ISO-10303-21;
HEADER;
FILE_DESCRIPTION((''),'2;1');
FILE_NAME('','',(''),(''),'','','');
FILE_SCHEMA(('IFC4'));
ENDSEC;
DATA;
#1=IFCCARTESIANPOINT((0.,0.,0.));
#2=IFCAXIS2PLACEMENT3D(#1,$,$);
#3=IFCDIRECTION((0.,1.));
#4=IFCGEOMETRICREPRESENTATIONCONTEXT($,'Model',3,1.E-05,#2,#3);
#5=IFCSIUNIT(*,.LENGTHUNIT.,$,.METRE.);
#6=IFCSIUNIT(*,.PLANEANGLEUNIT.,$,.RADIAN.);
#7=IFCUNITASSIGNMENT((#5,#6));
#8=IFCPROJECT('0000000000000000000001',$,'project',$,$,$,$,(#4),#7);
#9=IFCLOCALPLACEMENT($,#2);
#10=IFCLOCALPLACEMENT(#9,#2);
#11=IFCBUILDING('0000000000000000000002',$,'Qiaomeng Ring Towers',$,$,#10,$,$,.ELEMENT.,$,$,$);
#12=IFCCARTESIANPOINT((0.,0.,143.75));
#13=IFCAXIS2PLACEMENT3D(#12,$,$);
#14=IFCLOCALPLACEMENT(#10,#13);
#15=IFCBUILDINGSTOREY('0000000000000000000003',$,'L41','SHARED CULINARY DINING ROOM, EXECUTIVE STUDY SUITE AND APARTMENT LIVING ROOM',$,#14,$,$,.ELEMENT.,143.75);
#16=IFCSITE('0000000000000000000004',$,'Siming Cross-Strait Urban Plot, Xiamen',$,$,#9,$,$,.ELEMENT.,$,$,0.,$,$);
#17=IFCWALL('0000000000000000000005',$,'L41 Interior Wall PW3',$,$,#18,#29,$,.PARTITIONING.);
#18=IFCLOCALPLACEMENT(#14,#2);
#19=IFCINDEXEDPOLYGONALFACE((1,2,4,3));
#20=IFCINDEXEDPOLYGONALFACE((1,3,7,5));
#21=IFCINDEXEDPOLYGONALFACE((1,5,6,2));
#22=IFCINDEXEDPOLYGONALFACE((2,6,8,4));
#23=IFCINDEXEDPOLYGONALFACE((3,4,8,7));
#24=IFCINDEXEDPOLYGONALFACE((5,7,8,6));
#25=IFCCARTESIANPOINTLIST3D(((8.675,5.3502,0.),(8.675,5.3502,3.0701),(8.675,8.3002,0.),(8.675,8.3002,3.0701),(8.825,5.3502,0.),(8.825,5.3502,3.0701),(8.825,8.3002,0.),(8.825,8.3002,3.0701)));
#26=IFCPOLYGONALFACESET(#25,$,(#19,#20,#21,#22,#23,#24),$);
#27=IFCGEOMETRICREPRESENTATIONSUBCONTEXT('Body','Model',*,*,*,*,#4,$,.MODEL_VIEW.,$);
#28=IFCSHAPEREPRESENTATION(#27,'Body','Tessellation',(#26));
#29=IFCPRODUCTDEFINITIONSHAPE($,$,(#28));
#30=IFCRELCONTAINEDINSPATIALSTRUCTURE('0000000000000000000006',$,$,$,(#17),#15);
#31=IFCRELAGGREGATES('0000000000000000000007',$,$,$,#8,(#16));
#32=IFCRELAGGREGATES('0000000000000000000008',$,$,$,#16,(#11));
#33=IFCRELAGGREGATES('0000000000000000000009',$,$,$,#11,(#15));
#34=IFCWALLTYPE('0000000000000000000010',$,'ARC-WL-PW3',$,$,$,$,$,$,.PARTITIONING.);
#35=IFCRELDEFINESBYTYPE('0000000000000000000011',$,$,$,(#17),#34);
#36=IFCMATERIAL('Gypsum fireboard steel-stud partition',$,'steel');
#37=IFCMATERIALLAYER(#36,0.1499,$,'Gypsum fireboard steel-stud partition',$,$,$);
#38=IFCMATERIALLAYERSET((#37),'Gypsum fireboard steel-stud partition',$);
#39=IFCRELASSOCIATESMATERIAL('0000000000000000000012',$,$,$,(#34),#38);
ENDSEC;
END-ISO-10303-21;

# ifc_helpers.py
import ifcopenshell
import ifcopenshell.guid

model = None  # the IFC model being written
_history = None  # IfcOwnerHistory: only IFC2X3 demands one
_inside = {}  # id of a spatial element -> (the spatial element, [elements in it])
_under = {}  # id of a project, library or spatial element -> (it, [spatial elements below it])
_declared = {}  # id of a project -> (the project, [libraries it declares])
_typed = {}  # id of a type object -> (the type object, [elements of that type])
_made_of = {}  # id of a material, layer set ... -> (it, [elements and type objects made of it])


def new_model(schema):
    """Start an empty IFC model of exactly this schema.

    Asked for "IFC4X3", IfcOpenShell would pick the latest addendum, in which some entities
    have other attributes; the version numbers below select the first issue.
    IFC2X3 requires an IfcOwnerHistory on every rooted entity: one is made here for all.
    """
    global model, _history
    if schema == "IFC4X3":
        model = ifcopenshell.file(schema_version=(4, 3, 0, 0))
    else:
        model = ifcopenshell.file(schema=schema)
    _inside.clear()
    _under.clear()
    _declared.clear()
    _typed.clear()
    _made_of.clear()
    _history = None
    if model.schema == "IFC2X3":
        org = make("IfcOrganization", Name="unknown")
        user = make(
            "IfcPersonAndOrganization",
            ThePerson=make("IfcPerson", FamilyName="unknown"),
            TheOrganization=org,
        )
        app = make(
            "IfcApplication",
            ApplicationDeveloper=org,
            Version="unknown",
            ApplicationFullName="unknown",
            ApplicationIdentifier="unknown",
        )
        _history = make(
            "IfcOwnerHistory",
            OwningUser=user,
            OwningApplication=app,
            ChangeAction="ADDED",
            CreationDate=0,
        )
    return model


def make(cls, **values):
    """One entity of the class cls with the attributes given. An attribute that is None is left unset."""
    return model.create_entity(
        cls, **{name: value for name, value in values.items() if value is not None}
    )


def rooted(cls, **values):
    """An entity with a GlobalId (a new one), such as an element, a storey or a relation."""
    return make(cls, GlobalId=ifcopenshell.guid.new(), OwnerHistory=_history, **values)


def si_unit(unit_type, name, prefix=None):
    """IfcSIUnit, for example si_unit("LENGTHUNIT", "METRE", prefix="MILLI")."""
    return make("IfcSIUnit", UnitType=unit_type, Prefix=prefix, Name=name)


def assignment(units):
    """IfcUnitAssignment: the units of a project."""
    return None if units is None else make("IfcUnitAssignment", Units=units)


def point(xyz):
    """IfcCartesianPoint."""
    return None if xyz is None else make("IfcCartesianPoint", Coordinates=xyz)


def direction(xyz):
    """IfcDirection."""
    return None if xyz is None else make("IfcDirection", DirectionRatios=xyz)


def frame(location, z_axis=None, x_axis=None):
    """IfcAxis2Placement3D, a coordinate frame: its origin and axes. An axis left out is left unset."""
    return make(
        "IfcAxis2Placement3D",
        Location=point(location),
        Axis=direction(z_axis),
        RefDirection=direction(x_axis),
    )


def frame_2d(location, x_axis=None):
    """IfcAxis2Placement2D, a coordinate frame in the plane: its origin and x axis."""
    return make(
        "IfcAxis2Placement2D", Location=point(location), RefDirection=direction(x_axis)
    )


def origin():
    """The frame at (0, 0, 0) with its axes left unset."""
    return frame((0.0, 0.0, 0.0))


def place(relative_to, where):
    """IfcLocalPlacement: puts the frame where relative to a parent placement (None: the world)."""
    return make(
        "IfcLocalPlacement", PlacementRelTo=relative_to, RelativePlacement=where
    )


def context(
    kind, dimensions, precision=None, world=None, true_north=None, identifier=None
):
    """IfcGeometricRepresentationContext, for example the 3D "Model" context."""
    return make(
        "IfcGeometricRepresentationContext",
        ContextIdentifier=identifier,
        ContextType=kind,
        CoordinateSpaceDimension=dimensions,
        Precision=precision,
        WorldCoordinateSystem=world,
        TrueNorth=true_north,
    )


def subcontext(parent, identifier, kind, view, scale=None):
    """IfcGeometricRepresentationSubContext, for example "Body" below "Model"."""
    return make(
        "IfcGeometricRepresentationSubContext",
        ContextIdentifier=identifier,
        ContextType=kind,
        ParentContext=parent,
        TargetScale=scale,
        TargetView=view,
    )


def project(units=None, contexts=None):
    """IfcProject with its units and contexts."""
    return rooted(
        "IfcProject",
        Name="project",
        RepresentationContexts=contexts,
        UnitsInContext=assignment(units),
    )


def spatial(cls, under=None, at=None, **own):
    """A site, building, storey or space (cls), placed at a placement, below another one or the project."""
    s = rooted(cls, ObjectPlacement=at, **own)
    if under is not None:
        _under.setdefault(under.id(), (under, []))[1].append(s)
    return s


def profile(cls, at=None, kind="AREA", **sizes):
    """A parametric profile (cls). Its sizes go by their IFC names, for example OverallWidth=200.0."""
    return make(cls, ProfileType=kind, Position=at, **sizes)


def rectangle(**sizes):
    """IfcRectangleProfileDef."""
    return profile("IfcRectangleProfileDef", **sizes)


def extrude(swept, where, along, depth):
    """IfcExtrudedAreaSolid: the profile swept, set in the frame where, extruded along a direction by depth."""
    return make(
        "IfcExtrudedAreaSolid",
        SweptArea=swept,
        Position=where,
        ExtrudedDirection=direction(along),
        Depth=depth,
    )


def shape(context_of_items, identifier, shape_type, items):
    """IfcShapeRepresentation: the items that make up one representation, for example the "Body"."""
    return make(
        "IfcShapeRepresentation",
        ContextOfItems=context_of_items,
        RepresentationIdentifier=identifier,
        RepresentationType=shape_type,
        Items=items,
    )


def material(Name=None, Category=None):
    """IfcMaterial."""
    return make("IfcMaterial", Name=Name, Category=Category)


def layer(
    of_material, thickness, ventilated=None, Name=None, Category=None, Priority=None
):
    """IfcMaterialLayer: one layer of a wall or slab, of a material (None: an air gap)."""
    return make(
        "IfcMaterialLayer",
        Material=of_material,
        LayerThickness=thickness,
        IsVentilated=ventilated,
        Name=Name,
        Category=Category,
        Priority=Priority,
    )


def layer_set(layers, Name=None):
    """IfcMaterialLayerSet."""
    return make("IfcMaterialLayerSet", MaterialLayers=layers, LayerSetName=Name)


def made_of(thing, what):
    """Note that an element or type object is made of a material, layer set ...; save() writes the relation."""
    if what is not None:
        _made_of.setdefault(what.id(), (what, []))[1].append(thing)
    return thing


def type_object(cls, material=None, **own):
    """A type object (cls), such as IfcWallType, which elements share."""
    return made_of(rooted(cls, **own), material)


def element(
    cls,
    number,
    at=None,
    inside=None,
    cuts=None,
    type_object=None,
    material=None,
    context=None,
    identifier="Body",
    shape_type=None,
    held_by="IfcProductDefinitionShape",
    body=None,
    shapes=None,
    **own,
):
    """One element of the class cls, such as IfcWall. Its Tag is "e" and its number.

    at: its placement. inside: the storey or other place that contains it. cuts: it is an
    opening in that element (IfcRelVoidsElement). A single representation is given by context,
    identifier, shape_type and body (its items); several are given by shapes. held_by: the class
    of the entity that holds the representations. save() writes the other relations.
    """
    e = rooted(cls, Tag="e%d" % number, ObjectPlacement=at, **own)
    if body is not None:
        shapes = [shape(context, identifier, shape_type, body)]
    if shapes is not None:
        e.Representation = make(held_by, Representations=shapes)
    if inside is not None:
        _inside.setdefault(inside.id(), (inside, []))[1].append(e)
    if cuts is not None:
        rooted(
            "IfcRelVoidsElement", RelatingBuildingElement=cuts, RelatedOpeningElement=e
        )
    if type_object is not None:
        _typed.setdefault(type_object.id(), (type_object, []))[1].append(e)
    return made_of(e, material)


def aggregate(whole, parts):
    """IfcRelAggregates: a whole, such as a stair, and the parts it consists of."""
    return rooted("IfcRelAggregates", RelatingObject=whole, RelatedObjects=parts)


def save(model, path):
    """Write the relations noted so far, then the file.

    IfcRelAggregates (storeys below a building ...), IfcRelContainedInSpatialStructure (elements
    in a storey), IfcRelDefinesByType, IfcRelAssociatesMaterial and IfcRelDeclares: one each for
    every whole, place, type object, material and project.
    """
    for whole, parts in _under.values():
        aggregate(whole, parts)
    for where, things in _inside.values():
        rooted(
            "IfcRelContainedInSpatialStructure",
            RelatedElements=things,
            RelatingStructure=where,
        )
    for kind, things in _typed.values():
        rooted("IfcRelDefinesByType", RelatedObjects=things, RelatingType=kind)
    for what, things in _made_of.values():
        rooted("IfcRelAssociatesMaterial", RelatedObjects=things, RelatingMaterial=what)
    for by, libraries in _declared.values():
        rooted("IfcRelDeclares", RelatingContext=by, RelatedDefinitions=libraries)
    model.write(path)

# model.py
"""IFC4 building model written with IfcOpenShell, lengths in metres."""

from ifc_helpers import new_model, si_unit, direction, frame, frame_2d, origin, place, context, subcontext, project, spatial, rectangle, extrude, material, layer, layer_set, type_object, element, save


model = new_model("IFC4")

# Units and contexts
model_context = context("Model", 3, precision=1e-05, world=origin(), true_north=direction((0.0, 1.0)))
body_context = subcontext(model_context, "Body", "Model", "MODEL_VIEW")
ifc_project = project(units=[si_unit("LENGTHUNIT", "METRE"), si_unit("PLANEANGLEUNIT", "RADIAN")], contexts=[model_context])

# Site, building, storey
site_placement = place(None, origin())
site = spatial("IfcSite", under=ifc_project, at=site_placement, Name="Siming Cross-Strait Urban Plot, Xiamen", CompositionType="ELEMENT", RefElevation=0.0)
building_placement = place(site_placement, origin())
building = spatial("IfcBuilding", under=site, at=building_placement, Name="Qiaomeng Ring Towers", CompositionType="ELEMENT")
storey_placement = place(building_placement, frame((0.0, 0.0, 143.75)))
storey = spatial("IfcBuildingStorey", under=building, at=storey_placement, Name="L41", Description="SHARED CULINARY DINING ROOM, EXECUTIVE STUDY SUITE AND APARTMENT LIVING ROOM", CompositionType="ELEMENT", Elevation=143.75)

# Wall
ifc_material_1 = material(Name="Gypsum fireboard steel-stud partition", Category="steel")
ifc_layer_1 = layer(ifc_material_1, 0.1499, Name="Gypsum fireboard steel-stud partition")
ifc_layer_set_1 = layer_set([ifc_layer_1], Name="Gypsum fireboard steel-stud partition")
wall_type_1 = type_object("IfcWallType", Name="ARC-WL-PW3", PredefinedType="PARTITIONING", material=ifc_layer_set_1)
wall_1_placement = place(storey_placement, frame((8.75, 5.3501, 0.0), z_axis=(0.0, 0.0, 1.0), x_axis=(0.0, 1.0, 0.0)))
element("IfcWall", 1, at=wall_1_placement, inside=storey, type_object=wall_type_1, Name="L41 Interior Wall PW3", PredefinedType="PARTITIONING", context=body_context, shape_type="SweptSolid", body=[
    extrude(rectangle(XDim=2.95, YDim=0.1499, at=frame_2d((1.4751, 0.0))), origin(), (0.0, 0.0, 1.0), 3.0701),
])

save(model, "model.ifc")
